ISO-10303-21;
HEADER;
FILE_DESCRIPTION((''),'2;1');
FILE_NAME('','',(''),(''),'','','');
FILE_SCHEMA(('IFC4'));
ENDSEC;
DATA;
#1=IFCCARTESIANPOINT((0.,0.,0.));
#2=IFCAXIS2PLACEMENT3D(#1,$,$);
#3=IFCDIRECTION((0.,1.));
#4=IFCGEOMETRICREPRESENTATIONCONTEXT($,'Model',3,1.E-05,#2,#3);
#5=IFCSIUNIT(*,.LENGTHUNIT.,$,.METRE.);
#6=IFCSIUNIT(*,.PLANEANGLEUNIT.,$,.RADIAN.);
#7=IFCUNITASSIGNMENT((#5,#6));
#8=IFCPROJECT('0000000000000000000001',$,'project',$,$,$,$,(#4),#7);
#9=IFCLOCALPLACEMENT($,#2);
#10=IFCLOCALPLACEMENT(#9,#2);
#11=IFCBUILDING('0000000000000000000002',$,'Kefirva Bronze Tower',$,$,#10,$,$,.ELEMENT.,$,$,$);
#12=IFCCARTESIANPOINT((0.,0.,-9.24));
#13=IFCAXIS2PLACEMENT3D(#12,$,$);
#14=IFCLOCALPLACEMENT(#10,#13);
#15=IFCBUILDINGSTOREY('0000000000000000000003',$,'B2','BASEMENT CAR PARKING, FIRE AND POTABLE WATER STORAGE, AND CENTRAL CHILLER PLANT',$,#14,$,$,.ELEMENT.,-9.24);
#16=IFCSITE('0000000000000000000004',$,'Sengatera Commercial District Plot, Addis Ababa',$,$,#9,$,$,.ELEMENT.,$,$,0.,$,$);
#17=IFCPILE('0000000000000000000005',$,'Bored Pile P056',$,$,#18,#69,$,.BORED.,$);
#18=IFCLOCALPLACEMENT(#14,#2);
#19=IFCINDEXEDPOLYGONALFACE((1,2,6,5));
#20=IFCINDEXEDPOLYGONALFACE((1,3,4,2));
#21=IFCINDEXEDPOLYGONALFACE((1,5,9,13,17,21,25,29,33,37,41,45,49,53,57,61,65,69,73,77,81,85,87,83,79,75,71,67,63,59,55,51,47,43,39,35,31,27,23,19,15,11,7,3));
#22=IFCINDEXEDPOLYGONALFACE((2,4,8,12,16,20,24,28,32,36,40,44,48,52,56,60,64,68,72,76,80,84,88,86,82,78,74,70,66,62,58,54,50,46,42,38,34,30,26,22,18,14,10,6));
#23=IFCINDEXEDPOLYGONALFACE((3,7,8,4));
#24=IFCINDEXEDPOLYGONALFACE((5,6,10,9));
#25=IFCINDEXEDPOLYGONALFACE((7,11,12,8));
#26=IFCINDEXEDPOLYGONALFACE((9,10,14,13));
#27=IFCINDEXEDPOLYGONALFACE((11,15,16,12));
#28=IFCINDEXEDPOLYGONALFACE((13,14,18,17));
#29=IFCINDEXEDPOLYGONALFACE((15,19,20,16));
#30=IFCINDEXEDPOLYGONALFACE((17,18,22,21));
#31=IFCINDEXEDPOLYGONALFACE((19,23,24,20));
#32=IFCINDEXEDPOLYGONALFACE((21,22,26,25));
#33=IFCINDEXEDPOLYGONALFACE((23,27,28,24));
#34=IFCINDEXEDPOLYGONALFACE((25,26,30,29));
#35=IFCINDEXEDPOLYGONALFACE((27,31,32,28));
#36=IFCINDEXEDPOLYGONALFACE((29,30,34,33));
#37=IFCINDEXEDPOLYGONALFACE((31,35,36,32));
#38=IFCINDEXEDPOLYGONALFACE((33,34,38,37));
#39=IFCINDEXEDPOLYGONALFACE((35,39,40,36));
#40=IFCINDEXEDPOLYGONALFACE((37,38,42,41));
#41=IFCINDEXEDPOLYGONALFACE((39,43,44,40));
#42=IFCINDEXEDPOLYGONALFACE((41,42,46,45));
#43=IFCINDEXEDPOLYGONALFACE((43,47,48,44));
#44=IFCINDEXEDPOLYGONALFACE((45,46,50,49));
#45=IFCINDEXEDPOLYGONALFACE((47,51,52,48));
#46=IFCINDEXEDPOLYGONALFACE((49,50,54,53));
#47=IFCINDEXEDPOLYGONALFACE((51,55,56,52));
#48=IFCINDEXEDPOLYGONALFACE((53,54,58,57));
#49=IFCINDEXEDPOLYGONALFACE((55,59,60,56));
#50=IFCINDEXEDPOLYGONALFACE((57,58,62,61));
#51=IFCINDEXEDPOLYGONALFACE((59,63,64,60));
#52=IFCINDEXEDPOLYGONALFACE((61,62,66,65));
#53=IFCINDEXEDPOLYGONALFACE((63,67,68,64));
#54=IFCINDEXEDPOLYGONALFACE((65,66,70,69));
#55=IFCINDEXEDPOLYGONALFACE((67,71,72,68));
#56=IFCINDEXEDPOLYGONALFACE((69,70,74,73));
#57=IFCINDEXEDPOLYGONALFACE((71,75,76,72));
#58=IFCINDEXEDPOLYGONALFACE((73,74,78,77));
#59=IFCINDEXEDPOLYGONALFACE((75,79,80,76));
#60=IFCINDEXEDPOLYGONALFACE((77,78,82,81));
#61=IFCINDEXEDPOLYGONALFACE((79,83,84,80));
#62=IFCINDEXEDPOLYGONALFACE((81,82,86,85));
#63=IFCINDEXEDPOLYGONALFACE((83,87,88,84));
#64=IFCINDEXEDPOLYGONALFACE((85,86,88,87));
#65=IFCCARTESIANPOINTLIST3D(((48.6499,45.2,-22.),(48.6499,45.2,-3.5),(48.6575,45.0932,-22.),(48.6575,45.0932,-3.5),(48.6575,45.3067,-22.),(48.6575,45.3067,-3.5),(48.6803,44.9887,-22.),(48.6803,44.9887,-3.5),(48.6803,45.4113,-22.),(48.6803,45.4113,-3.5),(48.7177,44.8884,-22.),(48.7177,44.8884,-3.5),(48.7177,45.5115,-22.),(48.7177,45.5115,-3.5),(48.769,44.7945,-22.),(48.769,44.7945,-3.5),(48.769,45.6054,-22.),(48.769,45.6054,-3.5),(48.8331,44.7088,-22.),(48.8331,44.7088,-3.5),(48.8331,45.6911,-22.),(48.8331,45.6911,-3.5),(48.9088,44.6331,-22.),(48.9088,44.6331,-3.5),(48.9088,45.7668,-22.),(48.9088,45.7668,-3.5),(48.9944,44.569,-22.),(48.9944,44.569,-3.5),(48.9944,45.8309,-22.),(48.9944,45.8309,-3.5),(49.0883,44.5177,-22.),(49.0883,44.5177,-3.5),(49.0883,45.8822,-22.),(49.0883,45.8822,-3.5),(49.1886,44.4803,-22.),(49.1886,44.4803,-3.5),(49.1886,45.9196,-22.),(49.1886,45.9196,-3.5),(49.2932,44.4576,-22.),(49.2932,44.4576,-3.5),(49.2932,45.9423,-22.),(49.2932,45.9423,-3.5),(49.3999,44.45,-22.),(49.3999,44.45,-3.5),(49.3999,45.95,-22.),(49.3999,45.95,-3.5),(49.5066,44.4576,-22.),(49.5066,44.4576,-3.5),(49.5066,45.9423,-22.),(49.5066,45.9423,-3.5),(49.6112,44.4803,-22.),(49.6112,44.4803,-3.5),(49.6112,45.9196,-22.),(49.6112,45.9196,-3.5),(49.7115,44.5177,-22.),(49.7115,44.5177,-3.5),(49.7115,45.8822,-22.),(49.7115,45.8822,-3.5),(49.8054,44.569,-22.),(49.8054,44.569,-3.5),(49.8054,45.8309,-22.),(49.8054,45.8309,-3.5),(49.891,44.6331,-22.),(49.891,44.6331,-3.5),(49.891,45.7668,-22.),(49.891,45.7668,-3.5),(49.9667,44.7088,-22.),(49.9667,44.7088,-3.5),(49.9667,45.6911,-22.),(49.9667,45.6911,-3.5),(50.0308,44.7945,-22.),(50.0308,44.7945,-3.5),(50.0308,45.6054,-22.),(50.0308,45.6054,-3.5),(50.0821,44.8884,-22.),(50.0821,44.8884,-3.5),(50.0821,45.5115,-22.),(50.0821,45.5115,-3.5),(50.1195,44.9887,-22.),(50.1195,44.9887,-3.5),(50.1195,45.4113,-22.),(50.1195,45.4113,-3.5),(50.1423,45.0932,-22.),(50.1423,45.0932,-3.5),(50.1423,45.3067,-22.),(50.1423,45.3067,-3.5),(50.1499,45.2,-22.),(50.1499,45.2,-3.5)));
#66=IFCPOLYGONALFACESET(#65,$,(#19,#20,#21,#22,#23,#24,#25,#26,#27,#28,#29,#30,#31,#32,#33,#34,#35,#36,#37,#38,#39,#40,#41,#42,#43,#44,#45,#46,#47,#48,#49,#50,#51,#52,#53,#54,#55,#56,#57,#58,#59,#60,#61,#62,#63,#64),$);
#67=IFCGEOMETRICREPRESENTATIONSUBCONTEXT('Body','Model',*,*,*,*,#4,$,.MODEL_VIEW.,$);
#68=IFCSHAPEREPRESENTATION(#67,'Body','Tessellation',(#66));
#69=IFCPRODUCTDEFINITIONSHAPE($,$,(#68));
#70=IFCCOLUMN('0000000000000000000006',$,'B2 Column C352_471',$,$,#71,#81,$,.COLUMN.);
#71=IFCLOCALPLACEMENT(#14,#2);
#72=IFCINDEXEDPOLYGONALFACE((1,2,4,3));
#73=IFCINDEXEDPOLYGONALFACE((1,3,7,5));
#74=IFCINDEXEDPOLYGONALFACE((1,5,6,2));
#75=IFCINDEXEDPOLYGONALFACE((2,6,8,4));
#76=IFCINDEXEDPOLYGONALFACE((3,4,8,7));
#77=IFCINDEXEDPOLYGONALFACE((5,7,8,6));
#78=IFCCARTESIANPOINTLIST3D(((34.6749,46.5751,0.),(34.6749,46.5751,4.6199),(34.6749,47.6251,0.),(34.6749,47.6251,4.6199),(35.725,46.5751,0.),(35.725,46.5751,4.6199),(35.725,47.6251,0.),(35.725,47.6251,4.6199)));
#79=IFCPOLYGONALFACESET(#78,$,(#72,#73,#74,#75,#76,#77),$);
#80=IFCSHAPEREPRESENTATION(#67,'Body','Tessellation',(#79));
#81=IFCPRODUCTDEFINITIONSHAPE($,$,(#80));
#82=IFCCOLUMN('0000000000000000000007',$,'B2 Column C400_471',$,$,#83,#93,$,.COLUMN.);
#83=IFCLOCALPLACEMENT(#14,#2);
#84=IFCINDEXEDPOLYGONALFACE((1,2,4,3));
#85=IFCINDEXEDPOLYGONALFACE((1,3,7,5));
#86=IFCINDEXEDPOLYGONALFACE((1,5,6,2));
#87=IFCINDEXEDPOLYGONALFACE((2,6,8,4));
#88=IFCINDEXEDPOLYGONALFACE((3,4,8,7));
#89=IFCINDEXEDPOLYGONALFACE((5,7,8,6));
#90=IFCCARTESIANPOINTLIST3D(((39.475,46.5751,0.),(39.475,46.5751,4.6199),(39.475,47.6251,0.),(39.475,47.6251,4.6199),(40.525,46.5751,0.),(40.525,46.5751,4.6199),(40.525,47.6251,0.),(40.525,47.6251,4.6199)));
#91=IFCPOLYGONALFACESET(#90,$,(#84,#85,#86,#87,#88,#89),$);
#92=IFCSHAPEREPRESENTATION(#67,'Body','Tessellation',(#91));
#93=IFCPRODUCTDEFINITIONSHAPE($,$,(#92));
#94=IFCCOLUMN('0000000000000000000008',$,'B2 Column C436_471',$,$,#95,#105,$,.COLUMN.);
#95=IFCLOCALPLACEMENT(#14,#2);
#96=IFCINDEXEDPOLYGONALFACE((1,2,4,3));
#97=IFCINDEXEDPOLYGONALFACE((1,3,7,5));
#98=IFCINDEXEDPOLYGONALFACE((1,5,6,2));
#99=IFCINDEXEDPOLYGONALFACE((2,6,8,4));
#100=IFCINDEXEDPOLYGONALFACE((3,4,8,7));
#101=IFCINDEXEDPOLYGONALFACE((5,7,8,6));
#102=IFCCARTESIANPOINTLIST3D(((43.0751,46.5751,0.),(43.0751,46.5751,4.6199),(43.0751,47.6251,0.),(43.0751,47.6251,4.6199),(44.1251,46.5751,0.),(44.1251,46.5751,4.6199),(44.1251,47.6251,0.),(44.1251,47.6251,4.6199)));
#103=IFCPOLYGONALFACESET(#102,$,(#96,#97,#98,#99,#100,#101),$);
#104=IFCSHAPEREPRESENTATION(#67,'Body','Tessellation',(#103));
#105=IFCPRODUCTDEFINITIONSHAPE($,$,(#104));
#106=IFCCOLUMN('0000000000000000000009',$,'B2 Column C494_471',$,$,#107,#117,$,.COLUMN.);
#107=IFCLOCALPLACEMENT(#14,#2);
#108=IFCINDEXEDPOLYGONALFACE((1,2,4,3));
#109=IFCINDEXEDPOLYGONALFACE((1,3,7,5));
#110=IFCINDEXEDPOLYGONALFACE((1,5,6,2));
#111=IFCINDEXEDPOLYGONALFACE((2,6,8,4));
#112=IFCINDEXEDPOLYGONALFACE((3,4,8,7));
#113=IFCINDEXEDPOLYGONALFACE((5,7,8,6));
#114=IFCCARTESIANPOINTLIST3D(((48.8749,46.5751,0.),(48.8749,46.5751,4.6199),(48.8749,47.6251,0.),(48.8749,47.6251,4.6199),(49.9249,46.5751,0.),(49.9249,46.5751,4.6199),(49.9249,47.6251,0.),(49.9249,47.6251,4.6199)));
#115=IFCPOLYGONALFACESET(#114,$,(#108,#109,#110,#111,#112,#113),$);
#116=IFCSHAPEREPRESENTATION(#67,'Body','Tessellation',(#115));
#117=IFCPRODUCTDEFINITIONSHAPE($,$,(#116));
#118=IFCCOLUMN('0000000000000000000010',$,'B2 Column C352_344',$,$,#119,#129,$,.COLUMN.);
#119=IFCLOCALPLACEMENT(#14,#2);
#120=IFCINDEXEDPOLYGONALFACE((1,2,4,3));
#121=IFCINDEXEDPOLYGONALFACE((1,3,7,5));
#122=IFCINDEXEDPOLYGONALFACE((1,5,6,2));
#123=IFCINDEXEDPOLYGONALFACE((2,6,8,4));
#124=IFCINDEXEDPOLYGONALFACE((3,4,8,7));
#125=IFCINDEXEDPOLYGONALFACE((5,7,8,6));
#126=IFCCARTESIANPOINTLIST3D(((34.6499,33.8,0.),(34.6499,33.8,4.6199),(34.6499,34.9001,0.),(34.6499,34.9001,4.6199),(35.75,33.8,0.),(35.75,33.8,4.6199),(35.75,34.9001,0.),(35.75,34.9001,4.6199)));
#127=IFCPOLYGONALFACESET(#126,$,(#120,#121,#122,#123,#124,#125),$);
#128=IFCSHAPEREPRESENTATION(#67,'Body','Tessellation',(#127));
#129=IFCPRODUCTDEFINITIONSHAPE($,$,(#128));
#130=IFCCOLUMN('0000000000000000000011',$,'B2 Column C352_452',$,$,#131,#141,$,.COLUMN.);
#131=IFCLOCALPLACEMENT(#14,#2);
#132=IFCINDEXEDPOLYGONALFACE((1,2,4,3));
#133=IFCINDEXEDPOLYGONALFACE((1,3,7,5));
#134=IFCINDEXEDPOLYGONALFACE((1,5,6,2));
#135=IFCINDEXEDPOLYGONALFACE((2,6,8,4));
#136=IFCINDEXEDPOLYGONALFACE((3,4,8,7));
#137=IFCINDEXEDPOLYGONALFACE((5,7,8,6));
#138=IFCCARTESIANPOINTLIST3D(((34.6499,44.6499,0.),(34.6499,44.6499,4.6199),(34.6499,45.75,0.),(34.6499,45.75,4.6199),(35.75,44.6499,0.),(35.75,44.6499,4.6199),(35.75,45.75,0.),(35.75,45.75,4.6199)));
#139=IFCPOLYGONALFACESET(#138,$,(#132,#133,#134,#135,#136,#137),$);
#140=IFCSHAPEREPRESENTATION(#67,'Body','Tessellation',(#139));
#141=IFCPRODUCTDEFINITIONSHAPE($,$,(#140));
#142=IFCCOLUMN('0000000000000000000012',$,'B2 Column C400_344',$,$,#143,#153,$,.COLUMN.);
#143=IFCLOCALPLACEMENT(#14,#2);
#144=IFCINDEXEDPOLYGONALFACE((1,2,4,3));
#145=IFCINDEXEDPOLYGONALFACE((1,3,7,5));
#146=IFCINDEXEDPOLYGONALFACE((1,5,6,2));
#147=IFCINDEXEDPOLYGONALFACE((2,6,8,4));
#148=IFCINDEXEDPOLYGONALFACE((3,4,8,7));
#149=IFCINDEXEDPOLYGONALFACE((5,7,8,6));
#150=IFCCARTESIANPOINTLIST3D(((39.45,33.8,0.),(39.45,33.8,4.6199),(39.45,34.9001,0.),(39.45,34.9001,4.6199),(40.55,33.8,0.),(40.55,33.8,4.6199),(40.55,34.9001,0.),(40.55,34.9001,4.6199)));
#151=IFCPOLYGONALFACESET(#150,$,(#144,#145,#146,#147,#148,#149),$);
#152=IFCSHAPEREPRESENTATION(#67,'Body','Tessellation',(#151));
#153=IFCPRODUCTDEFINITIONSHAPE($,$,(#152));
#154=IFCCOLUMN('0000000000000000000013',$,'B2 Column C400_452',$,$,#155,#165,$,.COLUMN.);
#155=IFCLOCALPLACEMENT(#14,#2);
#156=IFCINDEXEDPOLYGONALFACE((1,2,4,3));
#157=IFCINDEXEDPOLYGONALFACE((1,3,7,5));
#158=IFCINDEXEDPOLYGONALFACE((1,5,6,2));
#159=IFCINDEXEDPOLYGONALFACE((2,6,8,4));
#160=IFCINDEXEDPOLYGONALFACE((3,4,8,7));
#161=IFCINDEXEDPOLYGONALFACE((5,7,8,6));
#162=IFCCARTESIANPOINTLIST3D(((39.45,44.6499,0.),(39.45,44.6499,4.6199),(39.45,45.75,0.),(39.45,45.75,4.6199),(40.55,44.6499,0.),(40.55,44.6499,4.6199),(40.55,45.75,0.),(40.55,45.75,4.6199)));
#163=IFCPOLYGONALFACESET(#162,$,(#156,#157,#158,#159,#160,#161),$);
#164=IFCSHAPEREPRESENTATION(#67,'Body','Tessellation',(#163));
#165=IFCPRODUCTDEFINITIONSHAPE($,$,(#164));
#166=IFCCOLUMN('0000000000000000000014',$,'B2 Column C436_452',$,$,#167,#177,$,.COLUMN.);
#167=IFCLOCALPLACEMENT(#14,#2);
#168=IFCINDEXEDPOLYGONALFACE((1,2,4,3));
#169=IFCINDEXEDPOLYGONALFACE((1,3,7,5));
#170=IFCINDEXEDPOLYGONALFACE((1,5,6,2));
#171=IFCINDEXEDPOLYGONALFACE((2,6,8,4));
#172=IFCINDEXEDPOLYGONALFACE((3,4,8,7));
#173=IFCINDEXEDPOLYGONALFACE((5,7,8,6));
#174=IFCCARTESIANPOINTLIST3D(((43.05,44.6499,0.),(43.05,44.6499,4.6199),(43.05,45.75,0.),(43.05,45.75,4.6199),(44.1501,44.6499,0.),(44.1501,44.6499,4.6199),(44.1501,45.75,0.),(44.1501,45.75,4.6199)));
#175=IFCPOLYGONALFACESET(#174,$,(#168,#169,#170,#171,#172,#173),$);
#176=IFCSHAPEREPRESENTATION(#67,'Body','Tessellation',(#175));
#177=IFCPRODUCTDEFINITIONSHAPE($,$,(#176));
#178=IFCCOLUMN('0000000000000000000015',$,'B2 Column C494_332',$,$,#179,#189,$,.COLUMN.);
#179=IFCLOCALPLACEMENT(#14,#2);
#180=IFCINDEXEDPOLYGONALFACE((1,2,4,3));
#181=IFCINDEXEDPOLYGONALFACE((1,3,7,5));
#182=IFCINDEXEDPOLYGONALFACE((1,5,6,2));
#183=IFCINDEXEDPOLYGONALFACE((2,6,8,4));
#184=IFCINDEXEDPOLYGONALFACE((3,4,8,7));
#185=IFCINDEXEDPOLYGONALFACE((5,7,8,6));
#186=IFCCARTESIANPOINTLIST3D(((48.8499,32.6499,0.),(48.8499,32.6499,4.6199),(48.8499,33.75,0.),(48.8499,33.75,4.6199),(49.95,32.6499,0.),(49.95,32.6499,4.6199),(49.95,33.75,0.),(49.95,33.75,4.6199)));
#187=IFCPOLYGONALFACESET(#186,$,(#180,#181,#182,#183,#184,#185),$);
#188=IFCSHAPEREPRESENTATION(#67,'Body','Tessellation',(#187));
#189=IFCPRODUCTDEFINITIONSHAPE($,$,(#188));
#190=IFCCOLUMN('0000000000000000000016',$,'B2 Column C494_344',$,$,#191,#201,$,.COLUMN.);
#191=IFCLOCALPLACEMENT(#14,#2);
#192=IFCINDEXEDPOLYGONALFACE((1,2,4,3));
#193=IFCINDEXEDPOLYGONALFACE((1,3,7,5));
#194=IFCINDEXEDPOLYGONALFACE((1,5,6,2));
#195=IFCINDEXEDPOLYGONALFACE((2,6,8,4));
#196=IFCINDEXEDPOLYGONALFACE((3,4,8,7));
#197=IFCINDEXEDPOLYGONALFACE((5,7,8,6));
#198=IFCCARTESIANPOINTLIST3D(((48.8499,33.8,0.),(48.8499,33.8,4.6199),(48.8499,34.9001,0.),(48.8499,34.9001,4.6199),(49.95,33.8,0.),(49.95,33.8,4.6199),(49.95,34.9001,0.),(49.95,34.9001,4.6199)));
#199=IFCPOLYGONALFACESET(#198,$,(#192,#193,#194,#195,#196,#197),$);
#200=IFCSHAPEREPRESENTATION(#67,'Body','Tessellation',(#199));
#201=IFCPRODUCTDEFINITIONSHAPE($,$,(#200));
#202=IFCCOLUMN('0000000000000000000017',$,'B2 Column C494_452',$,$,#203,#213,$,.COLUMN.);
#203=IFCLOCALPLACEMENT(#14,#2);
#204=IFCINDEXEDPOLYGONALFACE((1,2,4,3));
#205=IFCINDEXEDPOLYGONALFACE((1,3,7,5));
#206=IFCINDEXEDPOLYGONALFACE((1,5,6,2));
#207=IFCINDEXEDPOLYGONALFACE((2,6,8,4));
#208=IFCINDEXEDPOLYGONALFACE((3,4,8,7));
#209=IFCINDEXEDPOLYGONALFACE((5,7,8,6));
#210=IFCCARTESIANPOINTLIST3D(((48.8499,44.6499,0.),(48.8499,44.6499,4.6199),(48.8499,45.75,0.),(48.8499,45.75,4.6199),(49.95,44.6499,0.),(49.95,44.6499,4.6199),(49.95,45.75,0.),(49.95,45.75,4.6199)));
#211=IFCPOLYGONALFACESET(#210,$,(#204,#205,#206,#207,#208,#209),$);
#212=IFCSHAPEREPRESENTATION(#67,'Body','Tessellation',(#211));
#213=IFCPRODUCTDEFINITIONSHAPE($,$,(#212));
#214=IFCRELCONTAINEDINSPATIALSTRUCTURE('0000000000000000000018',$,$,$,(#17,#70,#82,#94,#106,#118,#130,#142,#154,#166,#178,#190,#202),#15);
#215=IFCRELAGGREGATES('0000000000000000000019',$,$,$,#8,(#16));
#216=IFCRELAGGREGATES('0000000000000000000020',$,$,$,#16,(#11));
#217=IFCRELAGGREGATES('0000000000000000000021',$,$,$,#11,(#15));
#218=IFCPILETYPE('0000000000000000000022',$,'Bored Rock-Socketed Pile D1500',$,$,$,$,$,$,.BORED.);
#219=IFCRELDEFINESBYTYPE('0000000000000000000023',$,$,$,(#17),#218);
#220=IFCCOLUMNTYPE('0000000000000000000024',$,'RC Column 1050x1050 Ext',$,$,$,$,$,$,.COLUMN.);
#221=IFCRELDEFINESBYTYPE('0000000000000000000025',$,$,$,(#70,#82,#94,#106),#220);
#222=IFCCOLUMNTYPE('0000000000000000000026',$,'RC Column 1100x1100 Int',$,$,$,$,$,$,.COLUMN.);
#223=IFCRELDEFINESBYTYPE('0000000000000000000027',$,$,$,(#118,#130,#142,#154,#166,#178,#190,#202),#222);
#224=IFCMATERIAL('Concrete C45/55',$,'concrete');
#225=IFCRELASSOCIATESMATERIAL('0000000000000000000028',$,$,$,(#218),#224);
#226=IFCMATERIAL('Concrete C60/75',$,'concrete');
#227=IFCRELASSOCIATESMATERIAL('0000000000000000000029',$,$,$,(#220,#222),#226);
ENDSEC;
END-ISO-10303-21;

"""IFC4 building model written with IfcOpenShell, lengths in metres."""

from ifc_helpers import new_model, si_unit, direction, frame, origin, origin_2d, place, context, subcontext, project, spatial, rectangle, circle, extrude, material, material_profile, profile_set, type_object, element, save


model = new_model("IFC4")

# Units and contexts
model_context = context("Model", 3, precision=1e-05, world=origin(), true_north=direction((0.0, 1.0)))
body_context = subcontext(model_context, "Body", "Model", "MODEL_VIEW")
ifc_project = project(units=[si_unit("LENGTHUNIT", "METRE"), si_unit("PLANEANGLEUNIT", "RADIAN")], contexts=[model_context])

# Site, building, storey
site_placement = place(None, origin())
site = spatial("IfcSite", under=ifc_project, at=site_placement, Name="Sengatera Commercial District Plot, Addis Ababa", CompositionType="ELEMENT", RefElevation=0.0)
building_placement = place(site_placement, origin())
building = spatial("IfcBuilding", under=site, at=building_placement, Name="Kefirva Bronze Tower", CompositionType="ELEMENT")
storey_placement = place(building_placement, frame((0.0, 0.0, -9.24)))
storey = spatial("IfcBuildingStorey", under=building, at=storey_placement, Name="B2", Description="BASEMENT CAR PARKING, FIRE AND POTABLE WATER STORAGE, AND CENTRAL CHILLER PLANT", CompositionType="ELEMENT", Elevation=-9.24)

# Pile
ifc_material_1 = material(Name="Concrete C45/55", Category="concrete")
ifc_material_profile_1 = material_profile(ifc_material_1, circle(Radius=0.75, at=origin_2d()), Name="BORED PILE D1500")
ifc_profile_set_1 = profile_set([ifc_material_profile_1], Name="Concrete C45/55")
pile_type = type_object("IfcPileType", Name="Bored Rock-Socketed Pile D1500", PredefinedType="BORED", material=ifc_profile_set_1)
for number, where, z_axis, x_axis, name in (
    (1, (49.3999, 45.2, -3.5), (0.0, 0.0, -1.0), (1.0, 0.0, 0.0), "Bored Pile P056"),
):
    element("IfcPile", number, at=place(storey_placement, frame(where, z_axis=z_axis, x_axis=x_axis)), inside=storey, type_object=pile_type, Name=name, PredefinedType="BORED", context=body_context, shape_type="SweptSolid", body=[
        extrude(circle(Radius=0.75, at=origin_2d()), origin(), (0.0, 0.0, 1.0), 18.5),
    ])

# Columns
ifc_material_2 = material(Name="Concrete C60/75", Category="concrete")
ifc_material_profile_2 = material_profile(ifc_material_2, rectangle(XDim=1.05, YDim=1.05, at=origin_2d()), Name="RC 1050x1050")
ifc_profile_set_2 = profile_set([ifc_material_profile_2], Name="Concrete C60/75")
column_type_1 = type_object("IfcColumnType", Name="RC Column 1050x1050 Ext", PredefinedType="COLUMN", material=ifc_profile_set_2)
for number, where, z_axis, x_axis, name in (
    (2, (35.2, 47.1001, 0.0), (0.0, 0.0, 1.0), (1.0, 0.0, 0.0), "B2 Column C352_471"),
    (3, (40.0, 47.1001, 0.0), (0.0, 0.0, 1.0), (1.0, 0.0, 0.0), "B2 Column C400_471"),
    (4, (43.6001, 47.1001, 0.0), (0.0, 0.0, 1.0), (1.0, 0.0, 0.0), "B2 Column C436_471"),
    (5, (49.3999, 47.1001, 0.0), (0.0, 0.0, 1.0), (1.0, 0.0, 0.0), "B2 Column C494_471"),
):
    element("IfcColumn", number, at=place(storey_placement, frame(where, z_axis=z_axis, x_axis=x_axis)), inside=storey, type_object=column_type_1, Name=name, PredefinedType="COLUMN", context=body_context, shape_type="SweptSolid", body=[
        extrude(rectangle(XDim=1.05, YDim=1.05, at=origin_2d()), origin(), (0.0, 0.0, 1.0), 4.6199),
    ])
ifc_material_profile_3 = material_profile(ifc_material_2, rectangle(XDim=1.1001, YDim=1.1001, at=origin_2d()), Name="RC 1100x1100")
ifc_profile_set_3 = profile_set([ifc_material_profile_3], Name="Concrete C60/75")
column_type_2 = type_object("IfcColumnType", Name="RC Column 1100x1100 Int", PredefinedType="COLUMN", material=ifc_profile_set_3)
for number, where, z_axis, x_axis, name in (
    (6, (35.2, 34.3501, 0.0), (0.0, 0.0, 1.0), (1.0, 0.0, 0.0), "B2 Column C352_344"),
    (7, (35.2, 45.2, 0.0), (0.0, 0.0, 1.0), (1.0, 0.0, 0.0), "B2 Column C352_452"),
    (8, (40.0, 34.3501, 0.0), (0.0, 0.0, 1.0), (1.0, 0.0, 0.0), "B2 Column C400_344"),
    (9, (40.0, 45.2, 0.0), (0.0, 0.0, 1.0), (1.0, 0.0, 0.0), "B2 Column C400_452"),
    (10, (43.6001, 45.2, 0.0), (0.0, 0.0, 1.0), (1.0, 0.0, 0.0), "B2 Column C436_452"),
    (11, (49.3999, 33.2, 0.0), (0.0, 0.0, 1.0), (1.0, 0.0, 0.0), "B2 Column C494_332"),
    (12, (49.3999, 34.3501, 0.0), (0.0, 0.0, 1.0), (1.0, 0.0, 0.0), "B2 Column C494_344"),
    (13, (49.3999, 45.2, 0.0), (0.0, 0.0, 1.0), (1.0, 0.0, 0.0), "B2 Column C494_452"),
):
    element("IfcColumn", number, at=place(storey_placement, frame(where, z_axis=z_axis, x_axis=x_axis)), inside=storey, type_object=column_type_2, Name=name, PredefinedType="COLUMN", context=body_context, shape_type="SweptSolid", body=[
        extrude(rectangle(XDim=1.1001, YDim=1.1001, at=origin_2d()), origin(), (0.0, 0.0, 1.0), 4.6199),
    ])

save(model, "model.ifc")
